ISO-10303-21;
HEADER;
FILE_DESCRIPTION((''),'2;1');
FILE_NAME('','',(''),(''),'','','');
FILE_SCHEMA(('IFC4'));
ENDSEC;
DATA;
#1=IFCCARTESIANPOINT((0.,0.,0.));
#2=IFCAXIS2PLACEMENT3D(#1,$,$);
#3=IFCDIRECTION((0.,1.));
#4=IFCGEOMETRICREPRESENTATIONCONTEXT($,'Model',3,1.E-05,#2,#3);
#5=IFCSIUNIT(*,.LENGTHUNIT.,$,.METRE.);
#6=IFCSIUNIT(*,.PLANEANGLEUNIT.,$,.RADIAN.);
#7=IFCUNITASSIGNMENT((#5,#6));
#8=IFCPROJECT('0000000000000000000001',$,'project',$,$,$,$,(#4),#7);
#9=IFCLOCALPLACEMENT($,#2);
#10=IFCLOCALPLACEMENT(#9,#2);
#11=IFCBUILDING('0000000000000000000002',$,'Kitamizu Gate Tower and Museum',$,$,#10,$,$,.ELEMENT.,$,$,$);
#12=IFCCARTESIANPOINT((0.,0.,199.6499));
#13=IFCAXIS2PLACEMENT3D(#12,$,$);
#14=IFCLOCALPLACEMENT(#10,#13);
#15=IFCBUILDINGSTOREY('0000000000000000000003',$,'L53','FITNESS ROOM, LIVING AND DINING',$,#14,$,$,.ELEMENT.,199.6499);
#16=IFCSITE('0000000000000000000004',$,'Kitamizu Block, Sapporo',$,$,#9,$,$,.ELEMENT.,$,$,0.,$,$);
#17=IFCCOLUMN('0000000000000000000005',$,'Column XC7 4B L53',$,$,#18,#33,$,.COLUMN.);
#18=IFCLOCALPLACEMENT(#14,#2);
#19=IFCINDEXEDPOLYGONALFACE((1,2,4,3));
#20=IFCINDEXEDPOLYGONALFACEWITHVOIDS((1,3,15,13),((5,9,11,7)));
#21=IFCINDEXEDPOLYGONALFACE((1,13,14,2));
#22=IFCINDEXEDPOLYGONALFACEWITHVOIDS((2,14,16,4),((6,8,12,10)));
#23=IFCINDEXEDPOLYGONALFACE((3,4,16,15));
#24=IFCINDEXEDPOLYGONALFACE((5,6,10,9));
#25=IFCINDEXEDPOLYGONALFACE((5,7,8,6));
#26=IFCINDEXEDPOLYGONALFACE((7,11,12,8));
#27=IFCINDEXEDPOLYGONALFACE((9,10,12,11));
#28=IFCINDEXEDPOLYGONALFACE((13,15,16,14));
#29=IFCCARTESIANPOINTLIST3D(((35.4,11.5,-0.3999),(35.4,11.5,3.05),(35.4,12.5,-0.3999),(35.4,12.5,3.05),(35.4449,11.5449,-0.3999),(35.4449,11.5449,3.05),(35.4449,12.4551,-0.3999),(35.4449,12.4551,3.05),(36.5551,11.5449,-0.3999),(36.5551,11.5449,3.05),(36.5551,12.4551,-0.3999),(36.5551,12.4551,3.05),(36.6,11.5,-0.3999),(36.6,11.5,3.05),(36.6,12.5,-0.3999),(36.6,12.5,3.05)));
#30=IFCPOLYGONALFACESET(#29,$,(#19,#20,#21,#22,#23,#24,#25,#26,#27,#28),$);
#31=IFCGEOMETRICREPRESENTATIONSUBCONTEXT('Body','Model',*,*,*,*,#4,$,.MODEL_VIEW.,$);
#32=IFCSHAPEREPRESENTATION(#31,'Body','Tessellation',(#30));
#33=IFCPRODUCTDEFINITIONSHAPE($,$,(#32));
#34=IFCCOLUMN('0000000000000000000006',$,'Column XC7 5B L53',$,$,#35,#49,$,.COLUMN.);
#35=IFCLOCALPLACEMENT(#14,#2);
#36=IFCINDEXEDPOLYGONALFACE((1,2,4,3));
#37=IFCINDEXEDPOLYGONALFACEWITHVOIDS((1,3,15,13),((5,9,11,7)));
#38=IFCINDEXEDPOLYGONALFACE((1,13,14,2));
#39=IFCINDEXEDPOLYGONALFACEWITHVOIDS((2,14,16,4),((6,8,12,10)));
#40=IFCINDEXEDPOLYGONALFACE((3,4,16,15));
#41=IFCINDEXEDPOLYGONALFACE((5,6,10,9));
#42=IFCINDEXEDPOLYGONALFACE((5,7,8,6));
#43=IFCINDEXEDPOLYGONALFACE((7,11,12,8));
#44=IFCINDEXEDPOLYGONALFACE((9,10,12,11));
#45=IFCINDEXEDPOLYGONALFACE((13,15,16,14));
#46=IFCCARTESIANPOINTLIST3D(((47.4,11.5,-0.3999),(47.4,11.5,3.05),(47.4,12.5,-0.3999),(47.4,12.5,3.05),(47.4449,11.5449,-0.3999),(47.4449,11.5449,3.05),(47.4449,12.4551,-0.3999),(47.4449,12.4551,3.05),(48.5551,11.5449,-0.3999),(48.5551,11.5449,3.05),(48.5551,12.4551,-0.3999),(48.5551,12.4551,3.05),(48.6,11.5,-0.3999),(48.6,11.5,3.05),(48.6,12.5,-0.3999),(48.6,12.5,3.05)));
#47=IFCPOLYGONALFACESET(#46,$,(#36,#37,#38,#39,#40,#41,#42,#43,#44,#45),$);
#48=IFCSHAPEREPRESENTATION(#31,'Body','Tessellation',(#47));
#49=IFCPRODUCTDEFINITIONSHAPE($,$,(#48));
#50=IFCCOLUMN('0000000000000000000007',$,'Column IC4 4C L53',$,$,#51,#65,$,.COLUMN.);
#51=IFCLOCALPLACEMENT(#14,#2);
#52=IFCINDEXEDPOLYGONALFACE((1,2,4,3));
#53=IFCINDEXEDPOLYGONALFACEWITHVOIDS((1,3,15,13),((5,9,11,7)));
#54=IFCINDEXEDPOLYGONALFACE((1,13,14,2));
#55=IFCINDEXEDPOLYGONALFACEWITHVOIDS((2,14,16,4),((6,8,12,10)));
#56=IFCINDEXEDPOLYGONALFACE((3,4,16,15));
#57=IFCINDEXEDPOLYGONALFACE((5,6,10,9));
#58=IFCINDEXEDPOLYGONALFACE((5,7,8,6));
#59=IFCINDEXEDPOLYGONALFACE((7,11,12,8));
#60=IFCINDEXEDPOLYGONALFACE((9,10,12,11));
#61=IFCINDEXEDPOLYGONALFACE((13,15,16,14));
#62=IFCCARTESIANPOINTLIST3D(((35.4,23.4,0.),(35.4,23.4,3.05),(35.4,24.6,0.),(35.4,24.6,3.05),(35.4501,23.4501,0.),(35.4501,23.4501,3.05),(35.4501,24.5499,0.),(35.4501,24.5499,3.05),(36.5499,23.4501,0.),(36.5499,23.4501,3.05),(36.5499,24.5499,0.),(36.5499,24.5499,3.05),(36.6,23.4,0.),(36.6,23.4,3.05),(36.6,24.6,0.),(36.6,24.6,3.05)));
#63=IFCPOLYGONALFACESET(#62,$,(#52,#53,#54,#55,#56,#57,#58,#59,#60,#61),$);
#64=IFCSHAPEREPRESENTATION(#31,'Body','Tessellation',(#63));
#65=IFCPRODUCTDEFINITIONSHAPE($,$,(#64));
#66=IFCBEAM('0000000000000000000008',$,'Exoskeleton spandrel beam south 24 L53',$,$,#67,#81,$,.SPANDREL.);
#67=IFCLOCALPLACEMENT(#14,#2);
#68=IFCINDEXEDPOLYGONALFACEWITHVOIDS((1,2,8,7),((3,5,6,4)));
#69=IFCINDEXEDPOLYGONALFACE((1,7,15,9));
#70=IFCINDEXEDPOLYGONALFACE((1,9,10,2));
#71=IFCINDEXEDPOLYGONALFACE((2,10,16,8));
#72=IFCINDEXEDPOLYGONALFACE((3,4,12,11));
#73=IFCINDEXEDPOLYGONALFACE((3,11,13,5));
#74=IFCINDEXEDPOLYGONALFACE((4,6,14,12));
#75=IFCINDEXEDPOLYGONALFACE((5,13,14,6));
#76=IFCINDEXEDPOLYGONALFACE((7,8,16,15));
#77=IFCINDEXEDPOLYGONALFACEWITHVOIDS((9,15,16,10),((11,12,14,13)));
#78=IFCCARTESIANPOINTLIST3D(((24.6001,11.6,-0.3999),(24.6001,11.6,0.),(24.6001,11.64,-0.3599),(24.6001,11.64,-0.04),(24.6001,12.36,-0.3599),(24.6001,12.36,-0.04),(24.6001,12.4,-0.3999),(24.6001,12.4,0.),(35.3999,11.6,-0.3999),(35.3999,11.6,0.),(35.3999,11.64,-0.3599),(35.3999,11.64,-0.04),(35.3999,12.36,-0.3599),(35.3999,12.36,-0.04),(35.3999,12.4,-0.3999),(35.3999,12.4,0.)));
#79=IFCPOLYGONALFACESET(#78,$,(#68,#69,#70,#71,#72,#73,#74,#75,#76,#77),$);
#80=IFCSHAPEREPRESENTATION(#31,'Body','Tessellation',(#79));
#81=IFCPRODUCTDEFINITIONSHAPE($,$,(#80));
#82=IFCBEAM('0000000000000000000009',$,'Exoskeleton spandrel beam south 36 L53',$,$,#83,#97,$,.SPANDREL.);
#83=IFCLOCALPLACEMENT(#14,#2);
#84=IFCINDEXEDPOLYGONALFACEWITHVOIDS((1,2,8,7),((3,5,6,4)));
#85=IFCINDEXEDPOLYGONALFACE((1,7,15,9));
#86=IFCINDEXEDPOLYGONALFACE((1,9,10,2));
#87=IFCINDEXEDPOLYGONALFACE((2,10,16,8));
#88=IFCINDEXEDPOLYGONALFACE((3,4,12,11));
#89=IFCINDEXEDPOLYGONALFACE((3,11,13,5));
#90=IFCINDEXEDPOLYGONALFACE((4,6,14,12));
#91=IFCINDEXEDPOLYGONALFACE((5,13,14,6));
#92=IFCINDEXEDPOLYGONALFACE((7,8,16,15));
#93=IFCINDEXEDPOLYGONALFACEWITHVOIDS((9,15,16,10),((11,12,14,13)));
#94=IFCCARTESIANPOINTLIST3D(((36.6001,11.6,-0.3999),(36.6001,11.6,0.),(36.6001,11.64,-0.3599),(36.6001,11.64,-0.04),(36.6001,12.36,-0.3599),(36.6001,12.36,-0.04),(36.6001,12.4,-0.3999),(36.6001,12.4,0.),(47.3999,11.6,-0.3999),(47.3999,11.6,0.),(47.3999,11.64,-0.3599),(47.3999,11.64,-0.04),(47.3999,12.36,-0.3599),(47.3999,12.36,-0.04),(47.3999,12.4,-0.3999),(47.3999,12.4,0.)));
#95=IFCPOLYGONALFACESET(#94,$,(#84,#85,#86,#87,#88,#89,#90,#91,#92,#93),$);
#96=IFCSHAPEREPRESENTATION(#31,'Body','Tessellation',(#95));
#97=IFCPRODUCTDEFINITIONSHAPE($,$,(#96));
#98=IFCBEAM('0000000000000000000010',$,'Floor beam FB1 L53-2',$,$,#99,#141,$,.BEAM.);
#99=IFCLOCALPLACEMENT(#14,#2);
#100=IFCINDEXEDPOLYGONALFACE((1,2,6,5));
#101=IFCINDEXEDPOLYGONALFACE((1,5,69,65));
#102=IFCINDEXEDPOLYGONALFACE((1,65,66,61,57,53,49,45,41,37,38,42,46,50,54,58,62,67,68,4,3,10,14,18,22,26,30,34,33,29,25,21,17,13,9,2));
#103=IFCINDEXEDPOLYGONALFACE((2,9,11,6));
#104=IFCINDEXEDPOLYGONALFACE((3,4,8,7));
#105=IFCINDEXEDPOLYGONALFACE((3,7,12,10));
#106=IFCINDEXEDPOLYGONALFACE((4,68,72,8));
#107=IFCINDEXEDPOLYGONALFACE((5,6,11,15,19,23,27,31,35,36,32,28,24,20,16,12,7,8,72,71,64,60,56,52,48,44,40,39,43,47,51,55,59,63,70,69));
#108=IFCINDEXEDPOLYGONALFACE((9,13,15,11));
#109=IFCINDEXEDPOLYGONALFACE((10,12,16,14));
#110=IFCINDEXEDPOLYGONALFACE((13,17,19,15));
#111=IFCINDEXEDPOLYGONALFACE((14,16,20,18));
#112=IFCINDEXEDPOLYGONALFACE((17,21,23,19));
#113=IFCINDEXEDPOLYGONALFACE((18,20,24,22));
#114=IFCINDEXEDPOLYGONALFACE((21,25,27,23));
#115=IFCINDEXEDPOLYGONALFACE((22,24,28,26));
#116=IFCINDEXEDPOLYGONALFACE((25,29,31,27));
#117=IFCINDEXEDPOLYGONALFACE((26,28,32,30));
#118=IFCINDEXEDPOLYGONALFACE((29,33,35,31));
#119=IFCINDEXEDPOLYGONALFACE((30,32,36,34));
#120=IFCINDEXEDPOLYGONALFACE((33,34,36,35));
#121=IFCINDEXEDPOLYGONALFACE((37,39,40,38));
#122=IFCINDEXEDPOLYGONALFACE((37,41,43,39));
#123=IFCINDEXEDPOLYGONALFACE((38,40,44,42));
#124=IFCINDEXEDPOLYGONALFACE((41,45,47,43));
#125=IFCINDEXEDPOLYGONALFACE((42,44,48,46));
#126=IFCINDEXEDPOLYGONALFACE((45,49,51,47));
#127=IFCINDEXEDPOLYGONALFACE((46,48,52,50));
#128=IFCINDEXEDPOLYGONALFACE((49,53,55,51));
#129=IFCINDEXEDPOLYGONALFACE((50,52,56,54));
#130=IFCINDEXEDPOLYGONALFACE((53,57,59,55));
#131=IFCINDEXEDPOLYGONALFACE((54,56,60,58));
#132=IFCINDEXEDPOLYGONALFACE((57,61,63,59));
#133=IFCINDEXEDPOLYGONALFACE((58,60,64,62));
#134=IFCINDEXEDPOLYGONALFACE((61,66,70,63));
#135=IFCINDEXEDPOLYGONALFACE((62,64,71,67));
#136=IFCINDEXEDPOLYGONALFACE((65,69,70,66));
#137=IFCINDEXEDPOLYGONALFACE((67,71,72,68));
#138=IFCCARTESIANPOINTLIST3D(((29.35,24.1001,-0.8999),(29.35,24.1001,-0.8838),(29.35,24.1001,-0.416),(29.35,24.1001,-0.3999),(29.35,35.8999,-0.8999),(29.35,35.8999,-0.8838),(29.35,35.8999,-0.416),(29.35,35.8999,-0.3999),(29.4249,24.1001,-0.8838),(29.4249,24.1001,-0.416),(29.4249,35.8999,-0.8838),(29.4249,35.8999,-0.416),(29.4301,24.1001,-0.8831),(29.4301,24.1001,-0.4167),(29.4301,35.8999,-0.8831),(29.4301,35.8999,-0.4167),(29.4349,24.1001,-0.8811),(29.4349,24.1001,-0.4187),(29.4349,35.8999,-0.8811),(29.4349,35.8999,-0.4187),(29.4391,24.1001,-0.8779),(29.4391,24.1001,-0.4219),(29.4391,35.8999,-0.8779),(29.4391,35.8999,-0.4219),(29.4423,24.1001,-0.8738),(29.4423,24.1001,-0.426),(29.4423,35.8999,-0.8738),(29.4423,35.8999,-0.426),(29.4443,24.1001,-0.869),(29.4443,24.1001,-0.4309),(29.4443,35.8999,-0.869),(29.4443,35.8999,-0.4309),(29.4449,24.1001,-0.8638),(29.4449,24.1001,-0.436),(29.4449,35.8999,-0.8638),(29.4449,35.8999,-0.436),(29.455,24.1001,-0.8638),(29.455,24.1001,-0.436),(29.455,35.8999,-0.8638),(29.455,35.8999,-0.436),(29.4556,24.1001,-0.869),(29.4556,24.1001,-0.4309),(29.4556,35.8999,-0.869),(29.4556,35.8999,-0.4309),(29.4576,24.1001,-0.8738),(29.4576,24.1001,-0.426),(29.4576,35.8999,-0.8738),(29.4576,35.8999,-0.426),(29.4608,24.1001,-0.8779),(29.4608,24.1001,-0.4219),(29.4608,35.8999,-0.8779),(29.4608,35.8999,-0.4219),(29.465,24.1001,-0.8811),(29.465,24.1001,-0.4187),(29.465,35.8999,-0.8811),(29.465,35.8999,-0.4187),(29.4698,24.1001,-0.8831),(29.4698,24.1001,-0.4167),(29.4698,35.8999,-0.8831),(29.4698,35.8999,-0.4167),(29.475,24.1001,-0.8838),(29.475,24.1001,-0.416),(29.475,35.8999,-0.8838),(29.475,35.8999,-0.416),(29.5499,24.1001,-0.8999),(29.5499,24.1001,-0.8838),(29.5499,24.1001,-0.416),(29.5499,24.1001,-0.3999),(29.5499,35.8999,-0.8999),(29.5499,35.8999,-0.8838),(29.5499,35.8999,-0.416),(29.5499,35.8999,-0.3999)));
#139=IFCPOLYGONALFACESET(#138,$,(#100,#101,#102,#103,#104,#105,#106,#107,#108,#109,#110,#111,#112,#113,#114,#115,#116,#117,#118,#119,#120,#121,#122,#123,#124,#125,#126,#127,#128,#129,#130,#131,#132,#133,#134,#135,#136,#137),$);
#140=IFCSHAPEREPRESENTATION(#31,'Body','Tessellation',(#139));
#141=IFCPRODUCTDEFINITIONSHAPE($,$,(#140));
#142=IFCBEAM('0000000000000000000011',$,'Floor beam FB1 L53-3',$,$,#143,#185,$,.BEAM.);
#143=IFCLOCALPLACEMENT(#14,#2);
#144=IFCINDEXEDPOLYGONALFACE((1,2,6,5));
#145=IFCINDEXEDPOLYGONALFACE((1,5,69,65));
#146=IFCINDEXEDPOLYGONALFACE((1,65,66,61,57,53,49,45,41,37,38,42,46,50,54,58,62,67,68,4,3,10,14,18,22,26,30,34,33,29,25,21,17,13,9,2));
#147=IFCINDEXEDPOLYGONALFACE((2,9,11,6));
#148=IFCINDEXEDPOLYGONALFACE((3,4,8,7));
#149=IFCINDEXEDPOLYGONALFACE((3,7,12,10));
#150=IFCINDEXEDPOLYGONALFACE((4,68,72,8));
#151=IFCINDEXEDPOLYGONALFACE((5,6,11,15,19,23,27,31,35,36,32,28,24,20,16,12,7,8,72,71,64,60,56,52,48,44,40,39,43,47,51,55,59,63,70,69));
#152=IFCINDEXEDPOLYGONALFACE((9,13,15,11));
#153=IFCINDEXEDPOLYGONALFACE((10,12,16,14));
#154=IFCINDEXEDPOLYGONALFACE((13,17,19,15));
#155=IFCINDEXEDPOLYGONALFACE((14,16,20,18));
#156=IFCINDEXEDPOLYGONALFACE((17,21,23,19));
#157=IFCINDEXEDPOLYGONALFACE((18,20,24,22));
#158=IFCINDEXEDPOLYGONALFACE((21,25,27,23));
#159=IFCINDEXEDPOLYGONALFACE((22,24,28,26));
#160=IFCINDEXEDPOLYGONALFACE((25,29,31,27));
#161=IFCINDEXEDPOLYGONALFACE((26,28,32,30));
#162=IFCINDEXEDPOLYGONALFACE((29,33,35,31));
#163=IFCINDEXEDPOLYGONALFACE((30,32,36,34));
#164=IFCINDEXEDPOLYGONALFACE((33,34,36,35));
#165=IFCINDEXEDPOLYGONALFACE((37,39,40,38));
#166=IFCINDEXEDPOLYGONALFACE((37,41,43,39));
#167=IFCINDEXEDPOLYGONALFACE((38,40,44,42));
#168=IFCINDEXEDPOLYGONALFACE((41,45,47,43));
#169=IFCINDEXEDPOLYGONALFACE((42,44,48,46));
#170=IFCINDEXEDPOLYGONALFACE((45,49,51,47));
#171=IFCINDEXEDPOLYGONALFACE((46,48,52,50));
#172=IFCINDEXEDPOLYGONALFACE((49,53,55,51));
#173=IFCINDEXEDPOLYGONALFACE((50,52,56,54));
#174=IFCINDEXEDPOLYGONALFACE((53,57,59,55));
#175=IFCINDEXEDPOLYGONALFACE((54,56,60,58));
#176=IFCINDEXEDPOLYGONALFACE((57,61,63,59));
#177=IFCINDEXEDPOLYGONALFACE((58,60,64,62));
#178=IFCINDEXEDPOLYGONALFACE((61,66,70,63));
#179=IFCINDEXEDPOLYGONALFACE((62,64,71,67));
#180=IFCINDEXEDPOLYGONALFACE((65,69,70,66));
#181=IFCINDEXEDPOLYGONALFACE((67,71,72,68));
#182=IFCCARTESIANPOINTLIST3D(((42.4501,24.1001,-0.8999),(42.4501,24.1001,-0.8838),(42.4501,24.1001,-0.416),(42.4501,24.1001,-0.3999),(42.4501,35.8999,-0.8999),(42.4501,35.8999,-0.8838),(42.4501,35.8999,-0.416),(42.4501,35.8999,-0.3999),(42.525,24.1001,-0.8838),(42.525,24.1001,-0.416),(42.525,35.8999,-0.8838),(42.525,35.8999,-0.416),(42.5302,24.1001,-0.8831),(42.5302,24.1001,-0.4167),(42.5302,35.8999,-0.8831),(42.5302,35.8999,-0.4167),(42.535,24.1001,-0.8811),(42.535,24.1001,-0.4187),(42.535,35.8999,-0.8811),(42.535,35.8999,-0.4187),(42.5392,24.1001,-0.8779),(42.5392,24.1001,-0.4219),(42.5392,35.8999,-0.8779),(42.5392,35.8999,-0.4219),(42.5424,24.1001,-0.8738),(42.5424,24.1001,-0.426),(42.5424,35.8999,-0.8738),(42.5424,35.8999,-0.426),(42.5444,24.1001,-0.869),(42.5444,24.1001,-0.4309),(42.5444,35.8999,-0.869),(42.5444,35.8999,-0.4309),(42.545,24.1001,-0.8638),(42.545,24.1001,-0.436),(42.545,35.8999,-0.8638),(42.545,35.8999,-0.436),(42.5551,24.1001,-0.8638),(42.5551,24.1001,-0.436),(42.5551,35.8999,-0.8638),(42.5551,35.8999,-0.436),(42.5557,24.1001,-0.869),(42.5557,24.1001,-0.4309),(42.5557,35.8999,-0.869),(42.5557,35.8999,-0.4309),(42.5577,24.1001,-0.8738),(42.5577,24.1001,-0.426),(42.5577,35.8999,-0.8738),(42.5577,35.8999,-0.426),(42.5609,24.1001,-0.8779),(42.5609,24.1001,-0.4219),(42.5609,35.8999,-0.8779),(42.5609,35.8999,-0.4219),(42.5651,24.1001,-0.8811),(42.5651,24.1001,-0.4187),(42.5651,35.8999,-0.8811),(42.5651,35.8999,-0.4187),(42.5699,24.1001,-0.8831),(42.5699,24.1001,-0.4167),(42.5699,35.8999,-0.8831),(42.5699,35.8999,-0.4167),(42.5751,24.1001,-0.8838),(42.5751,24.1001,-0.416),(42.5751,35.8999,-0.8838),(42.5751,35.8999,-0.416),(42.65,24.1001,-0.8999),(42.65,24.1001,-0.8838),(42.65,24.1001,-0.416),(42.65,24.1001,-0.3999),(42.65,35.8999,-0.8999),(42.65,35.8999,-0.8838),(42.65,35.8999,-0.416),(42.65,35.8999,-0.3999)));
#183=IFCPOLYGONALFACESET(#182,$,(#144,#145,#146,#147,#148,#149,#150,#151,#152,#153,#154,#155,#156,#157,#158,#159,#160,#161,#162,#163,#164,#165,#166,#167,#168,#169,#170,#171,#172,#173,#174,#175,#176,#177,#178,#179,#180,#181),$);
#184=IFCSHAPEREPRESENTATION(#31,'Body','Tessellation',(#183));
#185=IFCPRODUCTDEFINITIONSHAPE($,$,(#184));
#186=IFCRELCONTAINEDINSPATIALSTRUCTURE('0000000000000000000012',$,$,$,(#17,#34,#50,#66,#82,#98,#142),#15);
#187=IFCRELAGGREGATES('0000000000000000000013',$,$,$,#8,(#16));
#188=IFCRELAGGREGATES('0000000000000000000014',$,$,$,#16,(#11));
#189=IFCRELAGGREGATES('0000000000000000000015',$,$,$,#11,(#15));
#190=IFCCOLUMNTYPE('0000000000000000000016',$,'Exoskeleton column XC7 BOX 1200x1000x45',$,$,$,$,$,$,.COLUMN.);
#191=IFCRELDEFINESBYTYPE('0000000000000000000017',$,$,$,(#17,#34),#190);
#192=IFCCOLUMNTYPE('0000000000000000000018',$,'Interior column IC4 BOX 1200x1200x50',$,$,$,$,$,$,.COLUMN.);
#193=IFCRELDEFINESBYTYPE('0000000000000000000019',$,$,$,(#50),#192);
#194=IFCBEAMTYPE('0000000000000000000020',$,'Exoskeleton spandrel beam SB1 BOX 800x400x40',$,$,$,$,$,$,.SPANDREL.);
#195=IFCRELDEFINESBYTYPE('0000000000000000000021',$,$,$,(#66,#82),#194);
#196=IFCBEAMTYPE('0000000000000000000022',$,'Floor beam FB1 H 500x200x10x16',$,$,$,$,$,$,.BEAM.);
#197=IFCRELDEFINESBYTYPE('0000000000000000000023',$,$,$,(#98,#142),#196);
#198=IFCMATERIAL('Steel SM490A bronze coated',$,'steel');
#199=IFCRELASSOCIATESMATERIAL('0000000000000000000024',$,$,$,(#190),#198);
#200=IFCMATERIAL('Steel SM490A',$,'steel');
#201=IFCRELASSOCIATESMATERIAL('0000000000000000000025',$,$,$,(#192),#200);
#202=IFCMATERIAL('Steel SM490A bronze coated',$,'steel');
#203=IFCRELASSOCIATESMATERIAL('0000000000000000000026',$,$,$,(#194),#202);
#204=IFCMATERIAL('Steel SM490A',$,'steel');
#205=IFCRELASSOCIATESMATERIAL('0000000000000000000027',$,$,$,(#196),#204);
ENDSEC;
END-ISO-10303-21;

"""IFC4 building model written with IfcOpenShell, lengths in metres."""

from ifc_helpers import new_model, si_unit, direction, frame, origin, origin_2d, place, context, subcontext, project, spatial, hollow_rectangle, i_section, extrude, material, material_profile, profile_set, type_object, element, save


model = new_model("IFC4")

# Units and contexts
model_context = context("Model", 3, precision=1e-05, world=origin(), true_north=direction((0.0, 1.0)))
body_context = subcontext(model_context, "Body", "Model", "MODEL_VIEW")
ifc_project = project(units=[si_unit("LENGTHUNIT", "METRE"), si_unit("PLANEANGLEUNIT", "RADIAN")], contexts=[model_context])

# Site, building, storey
site_placement = place(None, origin())
site = spatial("IfcSite", under=ifc_project, at=site_placement, Name="Kitamizu Block, Sapporo", CompositionType="ELEMENT", RefElevation=0.0)
building_placement = place(site_placement, origin())
building = spatial("IfcBuilding", under=site, at=building_placement, Name="Kitamizu Gate Tower and Museum", CompositionType="ELEMENT")
storey_placement = place(building_placement, frame((0.0, 0.0, 199.6499)))
storey = spatial("IfcBuildingStorey", under=building, at=storey_placement, Name="L53", Description="FITNESS ROOM, LIVING AND DINING", CompositionType="ELEMENT", Elevation=199.6499)

# Columns
ifc_material_1 = material(Name="Steel SM490A bronze coated", Category="steel")
ifc_material_profile_1 = material_profile(ifc_material_1, hollow_rectangle(XDim=1.2, YDim=1.0, WallThickness=0.0449, at=origin_2d()), Name="BOX 1200x1000x45")
ifc_profile_set_1 = profile_set([ifc_material_profile_1], Name="Steel SM490A bronze coated")
column_type_1 = type_object("IfcColumnType", Name="Exoskeleton column XC7 BOX 1200x1000x45", PredefinedType="COLUMN", material=ifc_profile_set_1)
for number, where, z_axis, x_axis, name in (
    (1, (36.0, 12.0, -0.3999), (0.0, 0.0, 1.0), (1.0, 0.0, 0.0), "Column XC7 4B L53"),
    (2, (48.0, 12.0, -0.3999), (0.0, 0.0, 1.0), (1.0, 0.0, 0.0), "Column XC7 5B L53"),
):
    element("IfcColumn", number, at=place(storey_placement, frame(where, z_axis=z_axis, x_axis=x_axis)), inside=storey, type_object=column_type_1, Name=name, PredefinedType="COLUMN", context=body_context, shape_type="SweptSolid", body=[
        extrude(hollow_rectangle(XDim=1.2, YDim=1.0, WallThickness=0.0449, at=origin_2d()), origin(), (0.0, 0.0, 1.0), 3.45),
    ])
ifc_material_2 = material(Name="Steel SM490A", Category="steel")
ifc_material_profile_2 = material_profile(ifc_material_2, hollow_rectangle(XDim=1.2, YDim=1.2, WallThickness=0.05, at=origin_2d()), Name="BOX 1200x1200x50")
ifc_profile_set_2 = profile_set([ifc_material_profile_2], Name="Steel SM490A")
column_type_2 = type_object("IfcColumnType", Name="Interior column IC4 BOX 1200x1200x50", PredefinedType="COLUMN", material=ifc_profile_set_2)
column_placement = place(storey_placement, frame((36.0, 24.0, 0.0), z_axis=(0.0, 0.0, 1.0), x_axis=(1.0, 0.0, 0.0)))
element("IfcColumn", 3, at=column_placement, inside=storey, type_object=column_type_2, Name="Column IC4 4C L53", PredefinedType="COLUMN", context=body_context, shape_type="SweptSolid", body=[
    extrude(hollow_rectangle(XDim=1.2, YDim=1.2, WallThickness=0.05, at=origin_2d()), origin(), (0.0, 0.0, 1.0), 3.05),
])

# Beams
ifc_material_3 = material(Name="Steel SM490A bronze coated", Category="steel")
ifc_material_profile_3 = material_profile(ifc_material_3, hollow_rectangle(XDim=0.8, YDim=0.3999, WallThickness=0.04, at=origin_2d()), Name="BOX 800x400x40")
ifc_profile_set_3 = profile_set([ifc_material_profile_3], Name="Steel SM490A bronze coated")
beam_type_1 = type_object("IfcBeamType", Name="Exoskeleton spandrel beam SB1 BOX 800x400x40", PredefinedType="SPANDREL", material=ifc_profile_set_3)
for number, where, z_axis, x_axis, name in (
    (4, (24.6001, 12.0, -0.2), (1.0, 0.0, 0.0), (0.0, 1.0, 0.0), "Exoskeleton spandrel beam south 24 L53"),
    (5, (36.6001, 12.0, -0.2), (1.0, 0.0, 0.0), (0.0, 1.0, 0.0), "Exoskeleton spandrel beam south 36 L53"),
):
    element("IfcBeam", number, at=place(storey_placement, frame(where, z_axis=z_axis, x_axis=x_axis)), inside=storey, type_object=beam_type_1, Name=name, PredefinedType="SPANDREL", context=body_context, shape_type="SweptSolid", body=[
        extrude(hollow_rectangle(XDim=0.8, YDim=0.3999, WallThickness=0.04, at=origin_2d()), origin(), (0.0, 0.0, 1.0), 10.7998),
    ])
ifc_material_4 = material(Name="Steel SM490A", Category="steel")
ifc_material_profile_4 = material_profile(ifc_material_4, i_section(OverallWidth=0.2, OverallDepth=0.5, WebThickness=0.01, FlangeThickness=0.0161, FilletRadius=0.02, at=origin_2d()), Name="H-500x200x10x16")
ifc_profile_set_4 = profile_set([ifc_material_profile_4], Name="Steel SM490A")
beam_type_2 = type_object("IfcBeamType", Name="Floor beam FB1 H 500x200x10x16", PredefinedType="BEAM", material=ifc_profile_set_4)
for number, where, z_axis, x_axis, name in (
    (6, (29.45, 24.1001, -0.6499), (0.0, 1.0, 0.0), (-1.0, 0.0, 0.0), "Floor beam FB1 L53-2"),
    (7, (42.55, 24.1001, -0.6499), (0.0, 1.0, 0.0), (-1.0, 0.0, 0.0), "Floor beam FB1 L53-3"),
):
    element("IfcBeam", number, at=place(storey_placement, frame(where, z_axis=z_axis, x_axis=x_axis)), inside=storey, type_object=beam_type_2, Name=name, PredefinedType="BEAM", context=body_context, shape_type="SweptSolid", body=[
        extrude(i_section(OverallWidth=0.2, OverallDepth=0.5, WebThickness=0.01, FlangeThickness=0.0161, FilletRadius=0.02, at=origin_2d()), origin(), (0.0, 0.0, 1.0), 11.7998),
    ])

save(model, "model.ifc")
